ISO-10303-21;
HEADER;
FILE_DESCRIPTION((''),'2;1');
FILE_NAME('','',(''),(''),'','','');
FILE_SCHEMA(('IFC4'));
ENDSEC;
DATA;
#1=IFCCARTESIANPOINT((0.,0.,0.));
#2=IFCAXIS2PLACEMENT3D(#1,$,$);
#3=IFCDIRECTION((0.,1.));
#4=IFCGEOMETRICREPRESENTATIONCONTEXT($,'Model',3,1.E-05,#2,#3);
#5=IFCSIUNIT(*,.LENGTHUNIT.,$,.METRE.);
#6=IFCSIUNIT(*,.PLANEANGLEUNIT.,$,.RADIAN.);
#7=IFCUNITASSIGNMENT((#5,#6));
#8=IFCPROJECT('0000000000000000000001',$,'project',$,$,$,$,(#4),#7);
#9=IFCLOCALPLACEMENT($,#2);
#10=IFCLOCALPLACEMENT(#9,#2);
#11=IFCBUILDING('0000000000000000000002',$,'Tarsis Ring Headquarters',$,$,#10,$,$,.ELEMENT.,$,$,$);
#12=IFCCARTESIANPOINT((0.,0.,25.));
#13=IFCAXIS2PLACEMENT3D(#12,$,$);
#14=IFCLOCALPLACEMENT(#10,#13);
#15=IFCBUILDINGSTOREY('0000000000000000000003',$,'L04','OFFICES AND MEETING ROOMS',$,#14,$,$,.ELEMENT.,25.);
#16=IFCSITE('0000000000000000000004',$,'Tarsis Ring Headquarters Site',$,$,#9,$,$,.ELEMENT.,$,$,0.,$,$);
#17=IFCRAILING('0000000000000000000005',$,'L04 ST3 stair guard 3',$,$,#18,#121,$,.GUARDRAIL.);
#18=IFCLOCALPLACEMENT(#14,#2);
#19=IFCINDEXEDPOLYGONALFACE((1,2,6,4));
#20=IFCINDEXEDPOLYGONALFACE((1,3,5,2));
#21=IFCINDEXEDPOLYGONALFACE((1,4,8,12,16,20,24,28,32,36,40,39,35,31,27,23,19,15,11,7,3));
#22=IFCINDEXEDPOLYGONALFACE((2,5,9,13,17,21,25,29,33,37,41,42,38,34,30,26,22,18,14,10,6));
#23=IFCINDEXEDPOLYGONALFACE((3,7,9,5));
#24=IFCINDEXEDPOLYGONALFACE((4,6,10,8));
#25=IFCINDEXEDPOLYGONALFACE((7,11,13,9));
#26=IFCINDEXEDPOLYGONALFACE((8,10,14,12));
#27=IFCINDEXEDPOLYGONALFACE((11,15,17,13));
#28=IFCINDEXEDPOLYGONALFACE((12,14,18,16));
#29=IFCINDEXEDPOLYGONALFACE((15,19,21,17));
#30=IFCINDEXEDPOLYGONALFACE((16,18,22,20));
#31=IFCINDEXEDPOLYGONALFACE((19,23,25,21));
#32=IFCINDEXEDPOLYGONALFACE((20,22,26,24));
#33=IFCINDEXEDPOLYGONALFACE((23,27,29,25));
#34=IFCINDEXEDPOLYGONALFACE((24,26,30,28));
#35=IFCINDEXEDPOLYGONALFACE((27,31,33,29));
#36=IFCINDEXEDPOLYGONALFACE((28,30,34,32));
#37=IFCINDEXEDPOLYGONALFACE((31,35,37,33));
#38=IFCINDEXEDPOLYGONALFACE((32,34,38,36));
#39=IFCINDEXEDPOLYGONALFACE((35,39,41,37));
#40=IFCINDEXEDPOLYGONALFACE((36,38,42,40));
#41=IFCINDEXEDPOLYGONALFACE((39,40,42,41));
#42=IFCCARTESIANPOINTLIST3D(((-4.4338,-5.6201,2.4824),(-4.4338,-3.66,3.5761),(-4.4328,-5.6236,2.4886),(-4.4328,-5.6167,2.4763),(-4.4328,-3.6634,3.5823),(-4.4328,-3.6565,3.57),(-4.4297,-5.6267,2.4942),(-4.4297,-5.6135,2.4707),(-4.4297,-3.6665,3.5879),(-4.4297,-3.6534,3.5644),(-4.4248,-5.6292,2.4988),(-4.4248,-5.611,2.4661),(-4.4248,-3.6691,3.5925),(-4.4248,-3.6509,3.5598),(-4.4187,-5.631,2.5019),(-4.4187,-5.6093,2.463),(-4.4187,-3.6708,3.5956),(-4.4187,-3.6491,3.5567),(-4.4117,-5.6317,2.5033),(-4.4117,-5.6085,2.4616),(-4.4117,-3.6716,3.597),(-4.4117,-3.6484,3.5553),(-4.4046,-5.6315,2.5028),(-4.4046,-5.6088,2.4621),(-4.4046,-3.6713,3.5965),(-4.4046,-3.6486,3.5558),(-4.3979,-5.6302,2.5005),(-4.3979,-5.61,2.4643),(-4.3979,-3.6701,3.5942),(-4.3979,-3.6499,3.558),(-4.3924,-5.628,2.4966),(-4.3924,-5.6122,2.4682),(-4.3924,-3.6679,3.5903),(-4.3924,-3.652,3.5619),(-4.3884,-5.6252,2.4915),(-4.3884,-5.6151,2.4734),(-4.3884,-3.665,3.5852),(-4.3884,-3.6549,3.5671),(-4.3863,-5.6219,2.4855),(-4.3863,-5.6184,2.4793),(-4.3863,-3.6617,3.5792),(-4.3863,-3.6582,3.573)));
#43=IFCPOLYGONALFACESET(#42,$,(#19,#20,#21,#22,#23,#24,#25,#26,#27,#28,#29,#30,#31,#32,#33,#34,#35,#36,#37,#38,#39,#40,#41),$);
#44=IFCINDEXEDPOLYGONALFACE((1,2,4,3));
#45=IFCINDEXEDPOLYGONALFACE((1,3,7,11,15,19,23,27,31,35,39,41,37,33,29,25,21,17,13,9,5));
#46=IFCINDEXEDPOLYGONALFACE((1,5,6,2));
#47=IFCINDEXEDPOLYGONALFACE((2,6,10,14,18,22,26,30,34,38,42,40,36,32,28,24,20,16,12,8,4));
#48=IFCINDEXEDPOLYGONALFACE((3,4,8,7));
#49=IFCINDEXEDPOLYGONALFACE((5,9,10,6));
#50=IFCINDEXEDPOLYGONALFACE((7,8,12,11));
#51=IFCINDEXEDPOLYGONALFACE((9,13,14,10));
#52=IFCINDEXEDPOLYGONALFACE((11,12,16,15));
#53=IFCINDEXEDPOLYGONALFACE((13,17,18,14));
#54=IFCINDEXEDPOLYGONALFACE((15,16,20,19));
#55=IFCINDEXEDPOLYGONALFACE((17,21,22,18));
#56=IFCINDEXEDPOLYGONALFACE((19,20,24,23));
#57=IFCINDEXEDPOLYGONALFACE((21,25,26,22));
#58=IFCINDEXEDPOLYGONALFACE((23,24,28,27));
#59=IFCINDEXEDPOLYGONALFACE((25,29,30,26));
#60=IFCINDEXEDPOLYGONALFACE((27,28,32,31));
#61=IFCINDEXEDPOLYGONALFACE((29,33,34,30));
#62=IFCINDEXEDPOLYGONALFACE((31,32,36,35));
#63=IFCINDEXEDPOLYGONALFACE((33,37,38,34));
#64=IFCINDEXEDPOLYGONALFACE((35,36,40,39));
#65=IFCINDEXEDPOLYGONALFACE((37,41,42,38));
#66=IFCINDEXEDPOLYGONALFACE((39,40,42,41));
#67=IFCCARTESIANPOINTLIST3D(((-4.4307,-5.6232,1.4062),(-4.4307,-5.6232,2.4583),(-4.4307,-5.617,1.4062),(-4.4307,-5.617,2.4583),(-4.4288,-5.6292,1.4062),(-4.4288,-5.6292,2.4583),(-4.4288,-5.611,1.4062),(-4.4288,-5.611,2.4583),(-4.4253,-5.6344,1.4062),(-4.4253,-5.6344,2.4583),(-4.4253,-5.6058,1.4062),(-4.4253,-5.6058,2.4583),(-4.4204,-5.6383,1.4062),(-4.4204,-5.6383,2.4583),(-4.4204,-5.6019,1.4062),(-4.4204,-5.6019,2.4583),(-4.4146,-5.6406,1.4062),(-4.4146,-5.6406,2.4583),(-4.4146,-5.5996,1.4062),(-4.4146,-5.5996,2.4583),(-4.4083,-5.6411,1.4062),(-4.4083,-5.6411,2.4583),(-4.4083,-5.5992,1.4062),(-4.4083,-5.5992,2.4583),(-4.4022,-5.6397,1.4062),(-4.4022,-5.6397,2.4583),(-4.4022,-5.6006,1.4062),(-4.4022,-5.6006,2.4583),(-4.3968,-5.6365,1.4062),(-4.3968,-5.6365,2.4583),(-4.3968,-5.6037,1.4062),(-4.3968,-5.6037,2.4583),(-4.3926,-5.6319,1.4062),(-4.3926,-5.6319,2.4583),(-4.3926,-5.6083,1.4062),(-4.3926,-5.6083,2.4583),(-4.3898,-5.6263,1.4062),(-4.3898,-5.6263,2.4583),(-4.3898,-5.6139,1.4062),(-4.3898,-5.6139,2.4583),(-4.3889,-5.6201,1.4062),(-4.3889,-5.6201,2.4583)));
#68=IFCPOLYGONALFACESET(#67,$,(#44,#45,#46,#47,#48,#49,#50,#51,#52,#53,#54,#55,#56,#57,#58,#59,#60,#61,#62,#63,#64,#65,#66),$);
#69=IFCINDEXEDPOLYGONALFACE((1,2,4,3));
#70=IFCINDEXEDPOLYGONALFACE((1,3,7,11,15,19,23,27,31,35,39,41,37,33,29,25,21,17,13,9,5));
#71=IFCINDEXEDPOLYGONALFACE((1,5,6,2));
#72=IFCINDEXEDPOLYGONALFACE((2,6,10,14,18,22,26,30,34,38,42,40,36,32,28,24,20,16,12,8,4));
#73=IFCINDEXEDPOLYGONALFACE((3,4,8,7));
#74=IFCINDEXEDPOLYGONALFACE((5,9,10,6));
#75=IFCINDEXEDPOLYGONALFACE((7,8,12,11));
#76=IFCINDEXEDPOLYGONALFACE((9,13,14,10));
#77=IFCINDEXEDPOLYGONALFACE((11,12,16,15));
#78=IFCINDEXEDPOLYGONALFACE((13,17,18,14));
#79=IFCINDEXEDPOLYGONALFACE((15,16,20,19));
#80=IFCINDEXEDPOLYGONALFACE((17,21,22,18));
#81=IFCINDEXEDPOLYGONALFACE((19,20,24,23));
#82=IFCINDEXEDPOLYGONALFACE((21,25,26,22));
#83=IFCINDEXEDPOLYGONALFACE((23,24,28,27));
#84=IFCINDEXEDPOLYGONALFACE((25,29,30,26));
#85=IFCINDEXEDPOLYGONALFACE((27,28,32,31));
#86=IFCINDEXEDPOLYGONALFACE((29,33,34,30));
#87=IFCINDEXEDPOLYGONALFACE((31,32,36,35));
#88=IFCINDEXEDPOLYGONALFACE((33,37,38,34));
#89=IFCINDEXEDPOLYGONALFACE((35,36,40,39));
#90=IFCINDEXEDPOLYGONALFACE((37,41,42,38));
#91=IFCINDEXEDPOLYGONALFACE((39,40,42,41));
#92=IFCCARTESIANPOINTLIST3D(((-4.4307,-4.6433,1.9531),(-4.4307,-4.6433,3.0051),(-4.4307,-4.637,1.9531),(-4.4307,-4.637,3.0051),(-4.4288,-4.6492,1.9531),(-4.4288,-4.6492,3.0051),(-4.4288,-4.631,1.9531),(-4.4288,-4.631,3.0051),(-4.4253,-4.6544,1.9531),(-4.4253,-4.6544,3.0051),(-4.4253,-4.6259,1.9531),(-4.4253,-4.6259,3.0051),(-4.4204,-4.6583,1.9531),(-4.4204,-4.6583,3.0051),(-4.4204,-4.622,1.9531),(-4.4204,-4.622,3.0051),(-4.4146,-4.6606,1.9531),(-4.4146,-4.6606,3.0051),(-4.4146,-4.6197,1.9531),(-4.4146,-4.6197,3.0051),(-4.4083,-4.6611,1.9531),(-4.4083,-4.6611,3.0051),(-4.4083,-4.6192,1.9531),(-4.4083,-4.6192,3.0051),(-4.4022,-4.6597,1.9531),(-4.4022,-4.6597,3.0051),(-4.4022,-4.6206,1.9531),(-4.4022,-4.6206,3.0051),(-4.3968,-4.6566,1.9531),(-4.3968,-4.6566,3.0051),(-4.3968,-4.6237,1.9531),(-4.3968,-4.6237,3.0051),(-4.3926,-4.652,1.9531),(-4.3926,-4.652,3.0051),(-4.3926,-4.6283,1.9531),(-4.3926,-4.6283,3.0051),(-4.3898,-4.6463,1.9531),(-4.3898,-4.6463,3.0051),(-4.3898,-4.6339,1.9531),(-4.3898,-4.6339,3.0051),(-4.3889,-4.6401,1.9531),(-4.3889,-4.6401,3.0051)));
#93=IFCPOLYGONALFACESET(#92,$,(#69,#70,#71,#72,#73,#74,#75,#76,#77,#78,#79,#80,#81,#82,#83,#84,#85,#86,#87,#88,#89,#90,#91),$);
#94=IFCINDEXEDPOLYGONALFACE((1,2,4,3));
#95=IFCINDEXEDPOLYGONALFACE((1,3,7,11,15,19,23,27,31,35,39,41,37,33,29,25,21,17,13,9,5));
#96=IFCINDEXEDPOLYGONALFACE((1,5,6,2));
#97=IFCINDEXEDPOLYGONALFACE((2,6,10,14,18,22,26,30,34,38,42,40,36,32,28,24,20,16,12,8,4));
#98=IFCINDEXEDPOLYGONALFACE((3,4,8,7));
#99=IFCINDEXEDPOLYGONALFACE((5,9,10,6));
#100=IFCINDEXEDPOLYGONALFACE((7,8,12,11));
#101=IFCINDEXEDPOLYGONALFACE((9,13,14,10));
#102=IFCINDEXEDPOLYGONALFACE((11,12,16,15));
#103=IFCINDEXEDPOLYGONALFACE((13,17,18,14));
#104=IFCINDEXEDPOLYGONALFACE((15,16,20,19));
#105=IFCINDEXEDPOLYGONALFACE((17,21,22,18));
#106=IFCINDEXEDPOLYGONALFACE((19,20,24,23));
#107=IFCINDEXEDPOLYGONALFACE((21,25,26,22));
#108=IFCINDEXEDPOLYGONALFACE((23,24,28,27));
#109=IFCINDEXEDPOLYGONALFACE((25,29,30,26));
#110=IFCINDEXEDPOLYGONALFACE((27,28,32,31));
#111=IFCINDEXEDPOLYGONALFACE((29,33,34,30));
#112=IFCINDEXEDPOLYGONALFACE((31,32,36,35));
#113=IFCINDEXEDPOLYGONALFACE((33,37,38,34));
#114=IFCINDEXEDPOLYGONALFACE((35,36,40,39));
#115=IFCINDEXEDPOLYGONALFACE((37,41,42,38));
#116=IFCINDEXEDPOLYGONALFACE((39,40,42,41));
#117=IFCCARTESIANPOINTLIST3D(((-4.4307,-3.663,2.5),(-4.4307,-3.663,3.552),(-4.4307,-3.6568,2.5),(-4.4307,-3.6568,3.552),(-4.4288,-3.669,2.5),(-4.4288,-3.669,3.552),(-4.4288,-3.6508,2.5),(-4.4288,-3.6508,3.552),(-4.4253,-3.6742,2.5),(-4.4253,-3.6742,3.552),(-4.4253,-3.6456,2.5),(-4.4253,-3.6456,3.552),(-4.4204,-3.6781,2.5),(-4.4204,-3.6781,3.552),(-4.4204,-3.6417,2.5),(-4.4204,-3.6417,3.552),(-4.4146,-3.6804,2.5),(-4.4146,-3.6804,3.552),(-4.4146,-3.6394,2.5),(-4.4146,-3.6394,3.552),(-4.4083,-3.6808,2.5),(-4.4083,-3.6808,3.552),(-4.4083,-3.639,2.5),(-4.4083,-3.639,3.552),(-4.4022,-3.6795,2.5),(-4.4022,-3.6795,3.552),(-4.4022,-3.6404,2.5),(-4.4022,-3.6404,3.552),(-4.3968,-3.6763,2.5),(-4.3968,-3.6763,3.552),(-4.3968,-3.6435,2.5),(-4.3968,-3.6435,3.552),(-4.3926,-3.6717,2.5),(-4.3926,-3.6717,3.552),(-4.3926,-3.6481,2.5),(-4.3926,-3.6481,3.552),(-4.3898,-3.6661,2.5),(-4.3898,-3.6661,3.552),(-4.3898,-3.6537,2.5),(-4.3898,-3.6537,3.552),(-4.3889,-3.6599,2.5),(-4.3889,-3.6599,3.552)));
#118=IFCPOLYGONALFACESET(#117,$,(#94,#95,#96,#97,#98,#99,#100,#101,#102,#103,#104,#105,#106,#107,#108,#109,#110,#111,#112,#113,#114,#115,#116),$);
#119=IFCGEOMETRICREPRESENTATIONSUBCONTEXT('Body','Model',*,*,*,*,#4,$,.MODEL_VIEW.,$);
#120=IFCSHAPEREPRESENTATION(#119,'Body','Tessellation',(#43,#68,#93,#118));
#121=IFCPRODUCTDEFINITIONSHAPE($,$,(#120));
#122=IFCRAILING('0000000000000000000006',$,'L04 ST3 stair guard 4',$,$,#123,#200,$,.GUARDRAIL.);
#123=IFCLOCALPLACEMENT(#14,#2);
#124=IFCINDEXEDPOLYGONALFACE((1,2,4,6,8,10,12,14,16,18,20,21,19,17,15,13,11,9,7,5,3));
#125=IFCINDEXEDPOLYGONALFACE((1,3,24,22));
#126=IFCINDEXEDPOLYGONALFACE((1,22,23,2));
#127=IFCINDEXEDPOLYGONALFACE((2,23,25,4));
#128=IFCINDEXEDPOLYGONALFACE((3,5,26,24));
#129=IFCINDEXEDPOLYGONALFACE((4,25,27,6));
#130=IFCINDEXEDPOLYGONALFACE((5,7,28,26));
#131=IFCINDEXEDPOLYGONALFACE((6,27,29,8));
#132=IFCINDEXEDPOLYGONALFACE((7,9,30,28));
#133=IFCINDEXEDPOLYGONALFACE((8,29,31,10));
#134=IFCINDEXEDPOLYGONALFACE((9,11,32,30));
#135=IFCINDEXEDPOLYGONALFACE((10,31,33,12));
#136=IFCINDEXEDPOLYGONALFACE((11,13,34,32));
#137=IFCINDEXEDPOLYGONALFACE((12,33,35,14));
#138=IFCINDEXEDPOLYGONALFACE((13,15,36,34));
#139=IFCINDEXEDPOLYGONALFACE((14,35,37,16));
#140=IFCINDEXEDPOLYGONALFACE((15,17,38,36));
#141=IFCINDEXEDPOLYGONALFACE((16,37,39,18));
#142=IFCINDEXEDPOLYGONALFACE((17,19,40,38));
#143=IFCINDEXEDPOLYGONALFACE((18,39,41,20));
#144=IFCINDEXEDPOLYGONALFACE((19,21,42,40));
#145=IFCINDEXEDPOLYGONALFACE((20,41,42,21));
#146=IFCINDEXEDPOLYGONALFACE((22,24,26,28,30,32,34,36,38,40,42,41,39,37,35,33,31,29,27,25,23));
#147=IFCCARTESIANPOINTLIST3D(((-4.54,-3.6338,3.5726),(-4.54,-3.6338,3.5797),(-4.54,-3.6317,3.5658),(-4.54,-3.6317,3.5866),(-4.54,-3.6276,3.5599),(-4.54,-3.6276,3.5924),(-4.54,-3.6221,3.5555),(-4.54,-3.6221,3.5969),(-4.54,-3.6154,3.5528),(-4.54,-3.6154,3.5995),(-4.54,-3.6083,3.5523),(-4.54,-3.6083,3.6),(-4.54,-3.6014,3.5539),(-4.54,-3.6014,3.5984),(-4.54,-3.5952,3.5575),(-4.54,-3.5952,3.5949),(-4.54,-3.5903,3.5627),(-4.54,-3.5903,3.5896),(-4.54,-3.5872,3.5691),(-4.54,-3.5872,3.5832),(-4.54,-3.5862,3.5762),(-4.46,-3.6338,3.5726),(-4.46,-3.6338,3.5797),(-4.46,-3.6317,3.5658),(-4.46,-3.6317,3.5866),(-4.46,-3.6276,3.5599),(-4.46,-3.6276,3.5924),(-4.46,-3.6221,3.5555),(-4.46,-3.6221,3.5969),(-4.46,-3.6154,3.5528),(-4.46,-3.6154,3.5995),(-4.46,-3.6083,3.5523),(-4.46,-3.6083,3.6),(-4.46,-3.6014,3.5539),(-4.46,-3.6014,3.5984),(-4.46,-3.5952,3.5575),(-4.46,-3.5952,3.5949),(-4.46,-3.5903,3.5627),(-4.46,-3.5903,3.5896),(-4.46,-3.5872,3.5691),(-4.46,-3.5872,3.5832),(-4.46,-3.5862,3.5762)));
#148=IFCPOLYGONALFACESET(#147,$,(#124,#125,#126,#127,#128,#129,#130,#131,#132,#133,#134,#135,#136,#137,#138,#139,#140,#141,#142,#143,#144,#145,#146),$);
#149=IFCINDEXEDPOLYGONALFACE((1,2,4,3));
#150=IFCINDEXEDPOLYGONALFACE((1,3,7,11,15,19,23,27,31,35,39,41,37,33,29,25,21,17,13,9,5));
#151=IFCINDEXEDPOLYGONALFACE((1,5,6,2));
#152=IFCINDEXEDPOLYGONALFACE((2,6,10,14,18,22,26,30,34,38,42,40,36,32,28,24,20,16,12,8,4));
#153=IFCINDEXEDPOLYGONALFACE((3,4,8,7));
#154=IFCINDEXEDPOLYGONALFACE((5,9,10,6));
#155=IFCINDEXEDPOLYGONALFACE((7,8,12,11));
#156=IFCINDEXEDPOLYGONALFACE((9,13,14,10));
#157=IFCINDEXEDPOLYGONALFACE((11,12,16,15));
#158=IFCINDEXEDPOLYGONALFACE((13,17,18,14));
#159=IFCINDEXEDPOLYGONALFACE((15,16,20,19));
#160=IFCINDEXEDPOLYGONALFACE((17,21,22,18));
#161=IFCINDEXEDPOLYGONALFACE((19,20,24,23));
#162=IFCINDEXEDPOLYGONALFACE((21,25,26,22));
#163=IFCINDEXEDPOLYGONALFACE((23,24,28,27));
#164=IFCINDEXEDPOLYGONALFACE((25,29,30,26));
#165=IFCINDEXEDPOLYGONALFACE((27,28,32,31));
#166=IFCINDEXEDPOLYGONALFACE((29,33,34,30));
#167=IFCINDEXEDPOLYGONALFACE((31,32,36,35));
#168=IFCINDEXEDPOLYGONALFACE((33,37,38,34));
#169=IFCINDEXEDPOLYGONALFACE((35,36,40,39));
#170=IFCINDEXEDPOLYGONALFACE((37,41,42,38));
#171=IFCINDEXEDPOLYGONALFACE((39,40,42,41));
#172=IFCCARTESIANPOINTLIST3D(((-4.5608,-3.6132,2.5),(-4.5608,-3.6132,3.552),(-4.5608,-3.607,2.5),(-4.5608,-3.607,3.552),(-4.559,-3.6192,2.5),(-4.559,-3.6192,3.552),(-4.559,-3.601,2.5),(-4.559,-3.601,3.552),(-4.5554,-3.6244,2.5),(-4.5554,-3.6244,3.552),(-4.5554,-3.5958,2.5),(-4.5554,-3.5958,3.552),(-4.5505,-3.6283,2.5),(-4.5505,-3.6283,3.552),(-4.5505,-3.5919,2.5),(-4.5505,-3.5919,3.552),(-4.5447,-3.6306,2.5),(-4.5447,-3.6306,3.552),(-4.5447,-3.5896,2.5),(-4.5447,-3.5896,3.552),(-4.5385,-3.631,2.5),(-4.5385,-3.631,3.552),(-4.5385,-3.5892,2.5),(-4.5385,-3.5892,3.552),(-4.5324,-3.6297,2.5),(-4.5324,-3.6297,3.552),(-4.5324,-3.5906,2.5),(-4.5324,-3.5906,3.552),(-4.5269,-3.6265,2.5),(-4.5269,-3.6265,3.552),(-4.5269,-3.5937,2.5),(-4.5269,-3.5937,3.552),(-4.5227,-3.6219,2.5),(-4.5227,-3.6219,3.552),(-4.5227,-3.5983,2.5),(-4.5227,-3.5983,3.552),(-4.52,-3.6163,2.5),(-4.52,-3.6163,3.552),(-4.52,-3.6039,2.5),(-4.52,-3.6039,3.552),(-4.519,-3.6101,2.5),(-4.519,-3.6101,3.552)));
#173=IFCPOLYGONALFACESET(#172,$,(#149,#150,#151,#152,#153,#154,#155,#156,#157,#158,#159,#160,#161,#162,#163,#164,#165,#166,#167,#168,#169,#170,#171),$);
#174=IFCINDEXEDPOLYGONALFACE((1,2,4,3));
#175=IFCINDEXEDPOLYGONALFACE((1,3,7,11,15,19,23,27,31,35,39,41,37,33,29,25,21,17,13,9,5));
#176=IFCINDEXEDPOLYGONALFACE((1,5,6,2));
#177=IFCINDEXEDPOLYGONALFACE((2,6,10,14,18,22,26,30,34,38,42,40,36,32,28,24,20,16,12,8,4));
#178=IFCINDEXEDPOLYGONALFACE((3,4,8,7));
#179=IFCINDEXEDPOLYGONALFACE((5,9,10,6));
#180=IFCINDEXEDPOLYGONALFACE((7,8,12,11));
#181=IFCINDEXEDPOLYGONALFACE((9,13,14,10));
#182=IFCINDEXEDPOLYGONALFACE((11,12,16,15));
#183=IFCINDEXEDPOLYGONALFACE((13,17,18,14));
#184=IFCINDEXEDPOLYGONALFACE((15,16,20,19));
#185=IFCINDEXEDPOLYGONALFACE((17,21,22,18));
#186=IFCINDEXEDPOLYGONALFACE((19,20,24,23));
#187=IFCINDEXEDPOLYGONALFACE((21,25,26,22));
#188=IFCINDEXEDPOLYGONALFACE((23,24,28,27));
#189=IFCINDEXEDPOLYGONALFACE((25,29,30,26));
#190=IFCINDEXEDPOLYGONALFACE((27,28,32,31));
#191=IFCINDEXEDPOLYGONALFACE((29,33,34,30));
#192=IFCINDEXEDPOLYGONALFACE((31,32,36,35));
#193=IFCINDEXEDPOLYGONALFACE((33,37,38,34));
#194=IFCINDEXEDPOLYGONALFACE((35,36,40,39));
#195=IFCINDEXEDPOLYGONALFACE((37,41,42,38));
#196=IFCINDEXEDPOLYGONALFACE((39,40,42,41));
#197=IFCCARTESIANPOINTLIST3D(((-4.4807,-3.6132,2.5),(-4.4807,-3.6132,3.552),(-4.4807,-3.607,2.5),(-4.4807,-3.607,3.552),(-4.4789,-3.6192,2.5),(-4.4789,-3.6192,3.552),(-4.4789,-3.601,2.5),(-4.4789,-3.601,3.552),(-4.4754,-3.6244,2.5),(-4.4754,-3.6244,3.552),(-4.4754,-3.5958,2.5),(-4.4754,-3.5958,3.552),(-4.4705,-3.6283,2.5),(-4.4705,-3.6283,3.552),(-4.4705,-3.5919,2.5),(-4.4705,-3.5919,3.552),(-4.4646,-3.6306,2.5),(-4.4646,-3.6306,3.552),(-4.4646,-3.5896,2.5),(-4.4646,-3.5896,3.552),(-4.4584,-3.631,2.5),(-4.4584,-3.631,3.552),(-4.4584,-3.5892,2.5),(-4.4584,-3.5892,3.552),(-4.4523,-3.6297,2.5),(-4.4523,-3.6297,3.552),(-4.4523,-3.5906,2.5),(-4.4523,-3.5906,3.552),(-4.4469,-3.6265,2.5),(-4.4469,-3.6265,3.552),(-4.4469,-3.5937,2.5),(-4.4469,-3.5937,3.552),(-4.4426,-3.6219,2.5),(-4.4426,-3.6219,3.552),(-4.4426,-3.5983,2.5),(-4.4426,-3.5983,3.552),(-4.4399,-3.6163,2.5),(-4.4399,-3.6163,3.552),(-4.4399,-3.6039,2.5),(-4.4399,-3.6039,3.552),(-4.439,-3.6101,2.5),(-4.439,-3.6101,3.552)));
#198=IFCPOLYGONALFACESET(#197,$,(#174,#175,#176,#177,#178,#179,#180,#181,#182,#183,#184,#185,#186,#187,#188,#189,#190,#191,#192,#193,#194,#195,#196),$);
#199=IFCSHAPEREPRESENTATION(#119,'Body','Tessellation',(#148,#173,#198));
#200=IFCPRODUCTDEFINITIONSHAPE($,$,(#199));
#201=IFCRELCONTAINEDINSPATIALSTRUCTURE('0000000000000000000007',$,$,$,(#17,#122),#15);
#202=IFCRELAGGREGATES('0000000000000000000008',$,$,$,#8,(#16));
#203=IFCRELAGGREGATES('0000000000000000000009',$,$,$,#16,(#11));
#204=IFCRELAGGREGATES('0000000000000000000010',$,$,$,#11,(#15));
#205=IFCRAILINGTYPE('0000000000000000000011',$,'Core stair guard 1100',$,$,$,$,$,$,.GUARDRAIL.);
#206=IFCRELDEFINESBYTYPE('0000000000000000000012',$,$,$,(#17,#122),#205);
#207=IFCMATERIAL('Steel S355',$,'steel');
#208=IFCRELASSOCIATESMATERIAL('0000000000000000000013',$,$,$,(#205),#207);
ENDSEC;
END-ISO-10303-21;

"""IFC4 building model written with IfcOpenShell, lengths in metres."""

from ifc_helpers import new_model, si_unit, direction, frame, origin, origin_2d, place, context, subcontext, project, spatial, circle, extrude, material, type_object, element, save


model = new_model("IFC4")

# Units and contexts
model_context = context("Model", 3, precision=1e-05, world=origin(), true_north=direction((0.0, 1.0)))
body_context = subcontext(model_context, "Body", "Model", "MODEL_VIEW")
ifc_project = project(units=[si_unit("LENGTHUNIT", "METRE"), si_unit("PLANEANGLEUNIT", "RADIAN")], contexts=[model_context])

# Site, building, storey
site_placement = place(None, origin())
site = spatial("IfcSite", under=ifc_project, at=site_placement, Name="Tarsis Ring Headquarters Site", CompositionType="ELEMENT", RefElevation=0.0)
building_placement = place(site_placement, origin())
building = spatial("IfcBuilding", under=site, at=building_placement, Name="Tarsis Ring Headquarters", CompositionType="ELEMENT")
storey_placement = place(building_placement, frame((0.0, 0.0, 25.0)))
storey = spatial("IfcBuildingStorey", under=building, at=storey_placement, Name="L04", Description="OFFICES AND MEETING ROOMS", CompositionType="ELEMENT", Elevation=25.0)

# Railings
ifc_material_1 = material(Name="Steel S355", Category="steel")
railing_type_1 = type_object("IfcRailingType", Name="Core stair guard 1100", PredefinedType="GUARDRAIL", material=ifc_material_1)
railing_1_placement = place(storey_placement, frame((-4.4099, -5.6201, 1.4062)))
element("IfcRailing", 1, at=railing_1_placement, inside=storey, type_object=railing_type_1, Name="L04 ST3 stair guard 3", PredefinedType="GUARDRAIL", context=body_context, shape_type="SweptSolid", body=[
    extrude(circle(Radius=0.0239, at=origin_2d()), frame((0.0, 0.0, 1.0762), z_axis=(0.0, 0.873258, 0.487258), x_axis=(-1.0, 0.0, 0.0)), (0.0, 0.0, 1.0), 2.2446),
    extrude(circle(Radius=0.021, at=origin_2d()), origin(), (0.0, 0.0, 1.0), 1.052),
    extrude(circle(Radius=0.021, at=origin_2d()), frame((0.0, 0.98, 0.5469)), (0.0, 0.0, 1.0), 1.052),
    extrude(circle(Radius=0.021, at=origin_2d()), frame((0.0, 1.9602, 1.0938)), (0.0, 0.0, 1.0), 1.052),
])
railing_2_placement = place(storey_placement, frame((-4.54, -3.6101, 2.5)))
element("IfcRailing", 2, at=railing_2_placement, inside=storey, type_object=railing_type_1, Name="L04 ST3 stair guard 4", PredefinedType="GUARDRAIL", context=body_context, shape_type="SweptSolid", body=[
    extrude(circle(Radius=0.0239, at=origin_2d()), frame((0.0, 0.0, 1.0762), z_axis=(1.0, 0.0, 0.0), x_axis=(0.0, 1.0, 0.0)), (0.0, 0.0, 1.0), 0.0801),
    extrude(circle(Radius=0.021, at=origin_2d()), origin(), (0.0, 0.0, 1.0), 1.052),
    extrude(circle(Radius=0.021, at=origin_2d()), frame((0.0801, 0.0, 0.0)), (0.0, 0.0, 1.0), 1.052),
])

save(model, "model.ifc")
